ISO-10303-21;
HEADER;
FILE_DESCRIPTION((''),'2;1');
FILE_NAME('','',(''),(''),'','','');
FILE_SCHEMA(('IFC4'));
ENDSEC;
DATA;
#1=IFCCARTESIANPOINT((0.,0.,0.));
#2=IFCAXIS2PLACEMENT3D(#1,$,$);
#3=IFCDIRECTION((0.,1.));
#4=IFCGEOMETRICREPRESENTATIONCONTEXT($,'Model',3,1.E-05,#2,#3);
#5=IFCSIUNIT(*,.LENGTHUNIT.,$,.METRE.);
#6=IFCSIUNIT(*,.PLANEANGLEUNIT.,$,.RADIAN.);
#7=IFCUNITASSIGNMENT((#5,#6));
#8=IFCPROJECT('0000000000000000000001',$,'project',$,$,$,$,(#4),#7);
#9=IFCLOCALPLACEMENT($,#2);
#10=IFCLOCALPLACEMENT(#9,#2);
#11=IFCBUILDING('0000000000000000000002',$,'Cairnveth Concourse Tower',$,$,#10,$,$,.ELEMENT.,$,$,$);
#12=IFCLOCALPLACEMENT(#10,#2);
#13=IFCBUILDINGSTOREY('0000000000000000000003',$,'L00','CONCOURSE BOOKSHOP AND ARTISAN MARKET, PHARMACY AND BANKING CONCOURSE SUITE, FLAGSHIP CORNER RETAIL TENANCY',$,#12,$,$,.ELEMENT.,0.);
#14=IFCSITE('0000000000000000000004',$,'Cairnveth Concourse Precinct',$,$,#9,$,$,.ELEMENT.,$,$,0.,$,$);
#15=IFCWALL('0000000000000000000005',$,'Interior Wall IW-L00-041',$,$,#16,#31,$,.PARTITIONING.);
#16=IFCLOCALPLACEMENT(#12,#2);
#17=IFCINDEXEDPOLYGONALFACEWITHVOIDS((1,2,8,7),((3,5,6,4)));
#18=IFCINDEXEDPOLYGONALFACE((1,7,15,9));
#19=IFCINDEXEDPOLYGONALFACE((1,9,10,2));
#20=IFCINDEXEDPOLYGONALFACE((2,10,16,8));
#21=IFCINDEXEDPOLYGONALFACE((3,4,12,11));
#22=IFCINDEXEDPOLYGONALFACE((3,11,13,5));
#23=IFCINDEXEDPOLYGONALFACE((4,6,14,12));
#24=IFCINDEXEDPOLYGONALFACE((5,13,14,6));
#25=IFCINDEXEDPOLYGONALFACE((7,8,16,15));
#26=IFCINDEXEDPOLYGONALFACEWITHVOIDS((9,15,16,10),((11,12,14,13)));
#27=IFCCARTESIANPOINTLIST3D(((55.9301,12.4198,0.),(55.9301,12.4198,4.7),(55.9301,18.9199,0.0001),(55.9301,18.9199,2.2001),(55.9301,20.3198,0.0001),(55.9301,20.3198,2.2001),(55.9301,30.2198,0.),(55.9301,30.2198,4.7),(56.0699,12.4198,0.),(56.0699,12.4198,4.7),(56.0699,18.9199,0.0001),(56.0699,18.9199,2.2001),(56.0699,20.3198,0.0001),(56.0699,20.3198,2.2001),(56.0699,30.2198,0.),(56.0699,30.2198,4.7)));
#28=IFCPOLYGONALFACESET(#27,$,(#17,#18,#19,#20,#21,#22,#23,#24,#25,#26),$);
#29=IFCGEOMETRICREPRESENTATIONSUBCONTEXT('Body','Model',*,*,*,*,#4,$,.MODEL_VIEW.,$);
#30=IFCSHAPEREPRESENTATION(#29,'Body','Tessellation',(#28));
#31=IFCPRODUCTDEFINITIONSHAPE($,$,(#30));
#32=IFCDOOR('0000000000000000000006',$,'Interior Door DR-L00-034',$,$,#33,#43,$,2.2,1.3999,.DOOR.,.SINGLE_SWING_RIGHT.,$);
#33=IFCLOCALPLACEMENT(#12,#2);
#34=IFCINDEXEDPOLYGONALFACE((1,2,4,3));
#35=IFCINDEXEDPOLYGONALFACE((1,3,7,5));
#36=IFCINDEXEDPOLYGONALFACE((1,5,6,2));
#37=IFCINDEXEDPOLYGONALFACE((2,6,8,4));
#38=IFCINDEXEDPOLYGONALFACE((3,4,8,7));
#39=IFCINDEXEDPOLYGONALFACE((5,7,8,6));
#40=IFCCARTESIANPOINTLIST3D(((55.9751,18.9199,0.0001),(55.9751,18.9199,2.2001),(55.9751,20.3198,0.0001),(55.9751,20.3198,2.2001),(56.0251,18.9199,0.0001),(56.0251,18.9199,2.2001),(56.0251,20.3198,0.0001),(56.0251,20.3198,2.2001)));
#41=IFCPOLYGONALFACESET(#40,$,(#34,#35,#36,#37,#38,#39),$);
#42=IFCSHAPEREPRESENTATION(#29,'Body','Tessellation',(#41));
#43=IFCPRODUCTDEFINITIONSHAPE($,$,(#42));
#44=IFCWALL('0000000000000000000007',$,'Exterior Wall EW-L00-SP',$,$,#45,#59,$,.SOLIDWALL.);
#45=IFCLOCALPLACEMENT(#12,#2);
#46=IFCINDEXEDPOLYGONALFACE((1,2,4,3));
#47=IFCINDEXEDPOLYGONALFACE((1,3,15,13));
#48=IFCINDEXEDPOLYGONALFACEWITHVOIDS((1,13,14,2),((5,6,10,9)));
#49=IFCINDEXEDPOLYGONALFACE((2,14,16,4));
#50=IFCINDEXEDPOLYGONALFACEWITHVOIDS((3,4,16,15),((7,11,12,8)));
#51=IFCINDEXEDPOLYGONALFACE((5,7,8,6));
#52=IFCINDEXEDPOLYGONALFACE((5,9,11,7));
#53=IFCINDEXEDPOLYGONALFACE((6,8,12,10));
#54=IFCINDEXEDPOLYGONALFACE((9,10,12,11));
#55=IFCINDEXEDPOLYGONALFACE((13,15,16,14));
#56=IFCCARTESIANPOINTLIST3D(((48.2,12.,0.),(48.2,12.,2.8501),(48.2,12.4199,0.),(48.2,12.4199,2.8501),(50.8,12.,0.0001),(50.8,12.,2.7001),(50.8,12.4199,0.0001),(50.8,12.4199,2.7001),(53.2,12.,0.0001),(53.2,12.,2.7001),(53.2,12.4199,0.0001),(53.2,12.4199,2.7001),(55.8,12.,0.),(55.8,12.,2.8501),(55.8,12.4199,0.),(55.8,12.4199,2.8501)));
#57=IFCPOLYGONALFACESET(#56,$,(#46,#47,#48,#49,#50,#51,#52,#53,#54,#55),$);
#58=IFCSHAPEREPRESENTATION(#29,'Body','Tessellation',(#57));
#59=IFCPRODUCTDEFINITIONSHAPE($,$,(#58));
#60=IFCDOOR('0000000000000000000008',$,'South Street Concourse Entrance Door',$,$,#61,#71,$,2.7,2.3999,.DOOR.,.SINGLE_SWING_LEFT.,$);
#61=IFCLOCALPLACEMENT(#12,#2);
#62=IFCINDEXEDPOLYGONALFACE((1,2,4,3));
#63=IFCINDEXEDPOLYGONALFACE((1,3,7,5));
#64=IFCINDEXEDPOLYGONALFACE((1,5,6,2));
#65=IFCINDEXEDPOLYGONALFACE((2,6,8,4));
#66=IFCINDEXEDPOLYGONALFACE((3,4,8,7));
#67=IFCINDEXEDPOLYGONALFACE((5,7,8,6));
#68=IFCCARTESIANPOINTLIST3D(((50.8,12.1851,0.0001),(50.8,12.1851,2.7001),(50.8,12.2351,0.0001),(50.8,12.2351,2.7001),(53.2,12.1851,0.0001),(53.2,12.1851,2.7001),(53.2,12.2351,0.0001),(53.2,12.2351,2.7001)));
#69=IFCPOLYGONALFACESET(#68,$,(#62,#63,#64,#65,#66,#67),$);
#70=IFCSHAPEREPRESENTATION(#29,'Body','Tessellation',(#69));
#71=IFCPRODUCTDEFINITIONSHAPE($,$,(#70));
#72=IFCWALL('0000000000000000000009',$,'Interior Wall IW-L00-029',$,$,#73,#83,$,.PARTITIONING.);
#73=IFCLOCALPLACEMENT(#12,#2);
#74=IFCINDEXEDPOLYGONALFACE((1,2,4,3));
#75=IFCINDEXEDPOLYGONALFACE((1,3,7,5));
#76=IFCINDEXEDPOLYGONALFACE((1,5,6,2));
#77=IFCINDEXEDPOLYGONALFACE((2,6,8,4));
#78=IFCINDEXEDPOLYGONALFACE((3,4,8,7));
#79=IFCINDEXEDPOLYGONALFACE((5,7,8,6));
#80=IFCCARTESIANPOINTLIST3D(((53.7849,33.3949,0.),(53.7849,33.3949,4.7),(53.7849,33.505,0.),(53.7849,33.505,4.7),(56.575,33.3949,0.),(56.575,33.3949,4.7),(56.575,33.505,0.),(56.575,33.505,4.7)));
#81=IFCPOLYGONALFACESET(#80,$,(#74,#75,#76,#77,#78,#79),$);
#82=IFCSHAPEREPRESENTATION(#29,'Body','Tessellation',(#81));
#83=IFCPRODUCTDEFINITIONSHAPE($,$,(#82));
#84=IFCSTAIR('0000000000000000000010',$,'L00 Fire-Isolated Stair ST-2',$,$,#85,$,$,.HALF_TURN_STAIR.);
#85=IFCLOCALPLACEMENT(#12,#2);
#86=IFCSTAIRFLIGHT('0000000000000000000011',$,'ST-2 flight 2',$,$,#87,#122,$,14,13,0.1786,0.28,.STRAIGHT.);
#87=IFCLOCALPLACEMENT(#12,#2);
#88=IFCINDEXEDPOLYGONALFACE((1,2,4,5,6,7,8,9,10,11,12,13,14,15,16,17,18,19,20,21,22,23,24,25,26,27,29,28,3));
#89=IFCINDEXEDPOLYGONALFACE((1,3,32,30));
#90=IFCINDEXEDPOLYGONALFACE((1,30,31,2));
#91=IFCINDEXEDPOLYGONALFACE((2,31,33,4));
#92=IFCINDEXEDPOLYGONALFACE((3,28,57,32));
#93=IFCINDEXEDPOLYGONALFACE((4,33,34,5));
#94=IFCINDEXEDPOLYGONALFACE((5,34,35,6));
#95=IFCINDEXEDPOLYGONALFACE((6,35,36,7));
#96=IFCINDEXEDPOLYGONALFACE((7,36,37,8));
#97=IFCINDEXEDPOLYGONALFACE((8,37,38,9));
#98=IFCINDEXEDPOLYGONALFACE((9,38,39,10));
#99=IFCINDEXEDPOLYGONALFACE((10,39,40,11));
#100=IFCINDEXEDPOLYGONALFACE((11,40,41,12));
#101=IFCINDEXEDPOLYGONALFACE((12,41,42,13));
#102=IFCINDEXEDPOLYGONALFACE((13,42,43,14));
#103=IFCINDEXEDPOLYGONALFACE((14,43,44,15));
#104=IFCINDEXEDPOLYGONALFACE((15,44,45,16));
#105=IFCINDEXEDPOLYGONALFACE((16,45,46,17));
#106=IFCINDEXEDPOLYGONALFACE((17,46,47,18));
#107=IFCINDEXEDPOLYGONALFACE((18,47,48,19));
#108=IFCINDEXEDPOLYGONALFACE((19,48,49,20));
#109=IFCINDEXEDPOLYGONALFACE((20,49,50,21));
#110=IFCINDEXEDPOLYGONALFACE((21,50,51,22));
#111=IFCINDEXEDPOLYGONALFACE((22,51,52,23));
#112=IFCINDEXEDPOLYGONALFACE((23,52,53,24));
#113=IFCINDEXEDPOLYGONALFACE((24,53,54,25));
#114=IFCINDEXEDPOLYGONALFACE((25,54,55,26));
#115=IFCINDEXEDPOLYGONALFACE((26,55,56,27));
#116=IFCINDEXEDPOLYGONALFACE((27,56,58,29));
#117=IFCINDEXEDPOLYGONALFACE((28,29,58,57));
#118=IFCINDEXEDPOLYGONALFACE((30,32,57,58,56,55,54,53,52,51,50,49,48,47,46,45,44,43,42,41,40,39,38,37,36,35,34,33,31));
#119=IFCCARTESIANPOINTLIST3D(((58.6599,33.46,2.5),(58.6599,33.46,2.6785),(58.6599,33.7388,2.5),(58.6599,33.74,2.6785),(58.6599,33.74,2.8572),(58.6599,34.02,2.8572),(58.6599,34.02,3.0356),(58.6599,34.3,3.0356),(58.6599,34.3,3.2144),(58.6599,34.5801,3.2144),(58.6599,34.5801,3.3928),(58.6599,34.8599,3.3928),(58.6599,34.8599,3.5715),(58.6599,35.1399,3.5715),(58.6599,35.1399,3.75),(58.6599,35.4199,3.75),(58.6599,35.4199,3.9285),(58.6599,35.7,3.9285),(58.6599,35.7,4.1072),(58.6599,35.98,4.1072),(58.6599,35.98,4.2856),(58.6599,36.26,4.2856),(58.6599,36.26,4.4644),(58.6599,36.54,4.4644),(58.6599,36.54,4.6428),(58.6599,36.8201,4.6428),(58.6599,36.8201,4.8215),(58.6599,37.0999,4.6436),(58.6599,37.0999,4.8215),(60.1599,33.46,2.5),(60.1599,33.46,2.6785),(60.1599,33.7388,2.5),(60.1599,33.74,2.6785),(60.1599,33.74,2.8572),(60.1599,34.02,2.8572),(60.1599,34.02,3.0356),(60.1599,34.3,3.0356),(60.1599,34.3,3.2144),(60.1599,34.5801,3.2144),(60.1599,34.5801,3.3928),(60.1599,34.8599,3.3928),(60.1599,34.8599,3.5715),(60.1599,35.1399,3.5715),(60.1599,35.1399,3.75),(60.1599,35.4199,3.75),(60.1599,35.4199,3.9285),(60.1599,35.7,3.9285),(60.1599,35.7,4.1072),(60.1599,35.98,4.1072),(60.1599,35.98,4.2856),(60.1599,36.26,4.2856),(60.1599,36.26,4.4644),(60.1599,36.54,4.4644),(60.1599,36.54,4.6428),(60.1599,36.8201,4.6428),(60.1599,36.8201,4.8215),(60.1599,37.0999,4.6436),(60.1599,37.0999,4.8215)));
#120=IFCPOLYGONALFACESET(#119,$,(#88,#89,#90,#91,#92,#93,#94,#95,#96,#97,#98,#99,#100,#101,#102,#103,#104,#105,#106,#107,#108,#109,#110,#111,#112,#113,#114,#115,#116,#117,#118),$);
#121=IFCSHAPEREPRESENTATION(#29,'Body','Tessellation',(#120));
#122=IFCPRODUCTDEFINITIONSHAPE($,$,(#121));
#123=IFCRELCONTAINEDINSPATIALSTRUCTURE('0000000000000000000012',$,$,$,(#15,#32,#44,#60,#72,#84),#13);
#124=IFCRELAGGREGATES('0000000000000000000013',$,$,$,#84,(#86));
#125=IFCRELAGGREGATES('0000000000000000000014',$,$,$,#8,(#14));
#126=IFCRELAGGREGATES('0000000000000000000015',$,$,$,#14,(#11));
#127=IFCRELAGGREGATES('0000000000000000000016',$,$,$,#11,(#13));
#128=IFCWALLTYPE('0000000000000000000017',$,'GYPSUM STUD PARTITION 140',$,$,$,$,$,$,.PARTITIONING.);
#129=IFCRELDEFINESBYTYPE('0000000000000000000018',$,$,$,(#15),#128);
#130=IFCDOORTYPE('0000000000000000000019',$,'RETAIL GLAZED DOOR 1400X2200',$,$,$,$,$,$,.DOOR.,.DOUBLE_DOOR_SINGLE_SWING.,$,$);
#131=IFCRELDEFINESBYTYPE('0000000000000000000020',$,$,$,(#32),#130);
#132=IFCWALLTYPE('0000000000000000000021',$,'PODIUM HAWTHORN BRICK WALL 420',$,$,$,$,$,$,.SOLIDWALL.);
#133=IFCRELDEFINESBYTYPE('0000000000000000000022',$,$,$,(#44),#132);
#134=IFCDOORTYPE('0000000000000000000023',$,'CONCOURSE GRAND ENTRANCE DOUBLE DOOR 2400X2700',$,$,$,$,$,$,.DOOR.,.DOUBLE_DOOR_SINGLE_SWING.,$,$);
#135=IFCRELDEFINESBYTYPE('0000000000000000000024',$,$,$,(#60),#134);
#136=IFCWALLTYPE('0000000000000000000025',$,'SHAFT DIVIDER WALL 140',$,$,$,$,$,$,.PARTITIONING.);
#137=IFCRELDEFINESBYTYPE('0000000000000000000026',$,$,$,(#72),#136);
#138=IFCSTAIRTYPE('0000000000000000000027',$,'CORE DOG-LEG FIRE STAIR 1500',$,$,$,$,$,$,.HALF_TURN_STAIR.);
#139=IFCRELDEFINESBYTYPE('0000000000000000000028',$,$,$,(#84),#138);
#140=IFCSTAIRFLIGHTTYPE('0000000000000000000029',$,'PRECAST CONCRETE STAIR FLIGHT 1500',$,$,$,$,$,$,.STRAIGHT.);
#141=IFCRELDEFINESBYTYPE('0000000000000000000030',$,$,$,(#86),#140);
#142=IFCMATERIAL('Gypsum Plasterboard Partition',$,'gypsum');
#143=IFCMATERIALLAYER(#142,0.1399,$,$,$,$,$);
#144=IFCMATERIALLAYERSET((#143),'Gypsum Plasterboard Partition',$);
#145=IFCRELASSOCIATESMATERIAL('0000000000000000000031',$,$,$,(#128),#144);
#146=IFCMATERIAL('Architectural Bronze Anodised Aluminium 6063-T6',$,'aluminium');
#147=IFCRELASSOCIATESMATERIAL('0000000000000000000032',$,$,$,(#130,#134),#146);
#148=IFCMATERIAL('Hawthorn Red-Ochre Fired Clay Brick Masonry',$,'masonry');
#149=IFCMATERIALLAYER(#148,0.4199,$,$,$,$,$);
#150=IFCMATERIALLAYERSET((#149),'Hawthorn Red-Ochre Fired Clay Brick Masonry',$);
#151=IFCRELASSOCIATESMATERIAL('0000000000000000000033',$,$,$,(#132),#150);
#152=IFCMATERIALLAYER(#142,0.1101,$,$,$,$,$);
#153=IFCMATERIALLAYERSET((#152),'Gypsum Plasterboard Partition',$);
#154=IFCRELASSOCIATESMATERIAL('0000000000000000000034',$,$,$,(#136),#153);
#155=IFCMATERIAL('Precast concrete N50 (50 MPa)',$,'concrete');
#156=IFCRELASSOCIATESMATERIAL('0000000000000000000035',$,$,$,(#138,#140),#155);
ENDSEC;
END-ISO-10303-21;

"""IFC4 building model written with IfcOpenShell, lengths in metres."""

from ifc_helpers import new_model, si_unit, direction, frame, frame_2d, origin, place, context, subcontext, project, spatial, polyline, rectangle, outline, extrude, material, layer, layer_set, type_object, element, fill, aggregate, save


model = new_model("IFC4")

# Units and contexts
model_context = context("Model", 3, precision=1e-05, world=origin(), true_north=direction((0.0, 1.0)))
body_context = subcontext(model_context, "Body", "Model", "MODEL_VIEW")
ifc_project = project(units=[si_unit("LENGTHUNIT", "METRE"), si_unit("PLANEANGLEUNIT", "RADIAN")], contexts=[model_context])

# Site, building, storey
site_placement = place(None, origin())
site = spatial("IfcSite", under=ifc_project, at=site_placement, Name="Cairnveth Concourse Precinct", CompositionType="ELEMENT", RefElevation=0.0)
building_placement = place(site_placement, origin())
building = spatial("IfcBuilding", under=site, at=building_placement, Name="Cairnveth Concourse Tower", CompositionType="ELEMENT")
storey_placement = place(building_placement, origin())
storey = spatial("IfcBuildingStorey", under=building, at=storey_placement, Name="L00", Description="CONCOURSE BOOKSHOP AND ARTISAN MARKET, PHARMACY AND BANKING CONCOURSE SUITE, FLAGSHIP CORNER RETAIL TENANCY", CompositionType="ELEMENT", Elevation=0.0)

# Shared definitions
ifc_material_1 = material(Name="Architectural Bronze Anodised Aluminium 6063-T6", Category="aluminium")

# Walls, openings, doors
ifc_material_2 = material(Name="Gypsum Plasterboard Partition", Category="gypsum")
ifc_layer_1 = layer(ifc_material_2, 0.1399)
ifc_layer_set_1 = layer_set([ifc_layer_1], Name="Gypsum Plasterboard Partition")
wall_type_1 = type_object("IfcWallType", Name="GYPSUM STUD PARTITION 140", PredefinedType="PARTITIONING", material=ifc_layer_set_1)
wall_1_placement = place(storey_placement, frame((56.0, 12.4199, 0.0), z_axis=(0.0, 0.0, 1.0), x_axis=(0.0, 1.0, 0.0)))
wall_1 = element("IfcWall", 1, at=wall_1_placement, inside=storey, type_object=wall_type_1, Name="Interior Wall IW-L00-041", PredefinedType="PARTITIONING", context=body_context, shape_type="SweptSolid", body=[
    extrude(rectangle(XDim=17.8, YDim=0.1399, at=frame_2d((8.8999, 0.0))), origin(), (0.0, 0.0, 1.0), 4.7),
])
opening_1_placement = place(wall_1_placement, frame((6.5, 0.0, 0.0)))
opening_1 = element("IfcOpeningElement", 2, at=opening_1_placement, cuts=wall_1, PredefinedType="OPENING", context=body_context, shape_type="SweptSolid", body=[
    extrude(rectangle(XDim=1.3999, YDim=2.2, at=frame_2d((0.7, 1.1001))), frame((0.0, 0.0798, 0.0), z_axis=(0.0, -1.0, 0.0), x_axis=(1.0, 0.0, 0.0)), (0.0, 0.0, 1.0), 0.1599),
])
door_type_1 = type_object("IfcDoorType", Name="RETAIL GLAZED DOOR 1400X2200", OperationType="DOUBLE_DOOR_SINGLE_SWING", PredefinedType="DOOR", material=ifc_material_1)
door_1_placement = place(opening_1_placement, origin())
door_1 = element("IfcDoor", 3, at=door_1_placement, inside=storey, type_object=door_type_1, Name="Interior Door DR-L00-034", OperationType="SINGLE_SWING_RIGHT", OverallHeight=2.2, OverallWidth=1.3999, PredefinedType="DOOR", context=body_context, shape_type="SweptSolid", body=[
    extrude(rectangle(XDim=1.3999, YDim=2.2, at=frame_2d((0.7, 1.1001))), frame((0.0, 0.0249, 0.0), z_axis=(0.0, -1.0, 0.0), x_axis=(1.0, 0.0, 0.0)), (0.0, 0.0, 1.0), 0.05),
])
fill(opening_1, door_1)
ifc_material_3 = material(Name="Hawthorn Red-Ochre Fired Clay Brick Masonry", Category="masonry")
ifc_layer_2 = layer(ifc_material_3, 0.4199)
ifc_layer_set_2 = layer_set([ifc_layer_2], Name="Hawthorn Red-Ochre Fired Clay Brick Masonry")
wall_type_2 = type_object("IfcWallType", Name="PODIUM HAWTHORN BRICK WALL 420", PredefinedType="SOLIDWALL", material=ifc_layer_set_2)
wall_2_placement = place(storey_placement, frame((55.8, 12.21, 0.0), z_axis=(0.0, 0.0, 1.0), x_axis=(-1.0, 0.0, 0.0)))
wall_2 = element("IfcWall", 4, at=wall_2_placement, inside=storey, type_object=wall_type_2, Name="Exterior Wall EW-L00-SP", PredefinedType="SOLIDWALL", context=body_context, shape_type="SweptSolid", body=[
    extrude(rectangle(XDim=7.6001, YDim=0.4199, at=frame_2d((3.8, 0.0))), origin(), (0.0, 0.0, 1.0), 2.8501),
])
opening_2_placement = place(wall_2_placement, frame((2.6001, 0.0, 0.0)))
opening_2 = element("IfcOpeningElement", 5, at=opening_2_placement, cuts=wall_2, PredefinedType="OPENING", context=body_context, shape_type="SweptSolid", body=[
    extrude(rectangle(XDim=2.3999, YDim=2.7, at=frame_2d((1.2, 1.3501))), frame((0.0, 0.22, 0.0), z_axis=(0.0, -1.0, 0.0), x_axis=(1.0, 0.0, 0.0)), (0.0, 0.0, 1.0), 0.4399),
])
door_type_2 = type_object("IfcDoorType", Name="CONCOURSE GRAND ENTRANCE DOUBLE DOOR 2400X2700", OperationType="DOUBLE_DOOR_SINGLE_SWING", PredefinedType="DOOR", material=ifc_material_1)
door_2_placement = place(opening_2_placement, origin())
door_2 = element("IfcDoor", 6, at=door_2_placement, inside=storey, type_object=door_type_2, Name="South Street Concourse Entrance Door", OperationType="SINGLE_SWING_LEFT", OverallHeight=2.7, OverallWidth=2.3999, PredefinedType="DOOR", context=body_context, shape_type="SweptSolid", body=[
    extrude(rectangle(XDim=2.3999, YDim=2.7, at=frame_2d((1.2, 1.3501))), frame((0.0, 0.0249, 0.0), z_axis=(0.0, -1.0, 0.0), x_axis=(1.0, 0.0, 0.0)), (0.0, 0.0, 1.0), 0.05),
])
fill(opening_2, door_2)

# Wall
ifc_layer_3 = layer(ifc_material_2, 0.1101)
ifc_layer_set_3 = layer_set([ifc_layer_3], Name="Gypsum Plasterboard Partition")
wall_type_3 = type_object("IfcWallType", Name="SHAFT DIVIDER WALL 140", PredefinedType="PARTITIONING", material=ifc_layer_set_3)
wall_3_placement = place(storey_placement, frame((53.7849, 33.45, 0.0), z_axis=(0.0, 0.0, 1.0), x_axis=(1.0, 0.0, 0.0)))
element("IfcWall", 7, at=wall_3_placement, inside=storey, type_object=wall_type_3, Name="Interior Wall IW-L00-029", PredefinedType="PARTITIONING", context=body_context, shape_type="SweptSolid", body=[
    extrude(rectangle(XDim=2.79, YDim=0.1101, at=frame_2d((1.395, 0.0))), origin(), (0.0, 0.0, 1.0), 4.7),
])

# Stair, stair flight
ifc_material_4 = material(Name="Precast concrete N50 (50 MPa)", Category="concrete")
stair_type = type_object("IfcStairType", Name="CORE DOG-LEG FIRE STAIR 1500", PredefinedType="HALF_TURN_STAIR", material=ifc_material_4)
stair_placement = place(storey_placement, origin())
stair = element("IfcStair", 8, at=stair_placement, inside=storey, type_object=stair_type, Name="L00 Fire-Isolated Stair ST-2", PredefinedType="HALF_TURN_STAIR")
stair_flight_type = type_object("IfcStairFlightType", Name="PRECAST CONCRETE STAIR FLIGHT 1500", PredefinedType="STRAIGHT", material=ifc_material_4)
stair_flight_placement = place(storey_placement, frame((59.4099, 33.46, 2.5), z_axis=(0.0, 0.0, 1.0), x_axis=(0.0, 1.0, 0.0)))
stair_flight = element("IfcStairFlight", 9, at=stair_flight_placement, type_object=stair_flight_type, Name="ST-2 flight 2", NumberOfRisers=14, NumberOfTreads=13, PredefinedType="STRAIGHT", RiserHeight=0.1786, TreadLength=0.28, context=body_context, shape_type="SweptSolid", body=[
    extrude(outline(polyline([(0.0, 0.0), (0.0, 0.1785), (0.28, 0.1785), (0.28, 0.3572), (0.5601, 0.3572), (0.5601, 0.5356), (0.8401, 0.5356), (0.8401, 0.7144), (1.1201, 0.7144), (1.1201, 0.8928), (1.3999, 0.8928), (1.3999, 1.0715), (1.6799, 1.0715), (1.6799, 1.25), (1.96, 1.25), (1.96, 1.4285), (2.24, 1.4285), (2.24, 1.6072), (2.52, 1.6072), (2.52, 1.7856), (2.8, 1.7856), (2.8, 1.9644), (3.0801, 1.9644), (3.0801, 2.1428), (3.3601, 2.1428), (3.3601, 2.3215), (3.6399, 2.3215), (3.6399, 2.5), (3.6399, 2.1436), (0.2788, 0.0), (0.0, 0.0)])), frame((0.0, 0.75, 0.0), z_axis=(0.0, -1.0, 0.0), x_axis=(1.0, 0.0, 0.0)), (0.0, 0.0, 1.0), 1.5),
])
aggregate(stair, [stair_flight])

save(model, "model.ifc")
